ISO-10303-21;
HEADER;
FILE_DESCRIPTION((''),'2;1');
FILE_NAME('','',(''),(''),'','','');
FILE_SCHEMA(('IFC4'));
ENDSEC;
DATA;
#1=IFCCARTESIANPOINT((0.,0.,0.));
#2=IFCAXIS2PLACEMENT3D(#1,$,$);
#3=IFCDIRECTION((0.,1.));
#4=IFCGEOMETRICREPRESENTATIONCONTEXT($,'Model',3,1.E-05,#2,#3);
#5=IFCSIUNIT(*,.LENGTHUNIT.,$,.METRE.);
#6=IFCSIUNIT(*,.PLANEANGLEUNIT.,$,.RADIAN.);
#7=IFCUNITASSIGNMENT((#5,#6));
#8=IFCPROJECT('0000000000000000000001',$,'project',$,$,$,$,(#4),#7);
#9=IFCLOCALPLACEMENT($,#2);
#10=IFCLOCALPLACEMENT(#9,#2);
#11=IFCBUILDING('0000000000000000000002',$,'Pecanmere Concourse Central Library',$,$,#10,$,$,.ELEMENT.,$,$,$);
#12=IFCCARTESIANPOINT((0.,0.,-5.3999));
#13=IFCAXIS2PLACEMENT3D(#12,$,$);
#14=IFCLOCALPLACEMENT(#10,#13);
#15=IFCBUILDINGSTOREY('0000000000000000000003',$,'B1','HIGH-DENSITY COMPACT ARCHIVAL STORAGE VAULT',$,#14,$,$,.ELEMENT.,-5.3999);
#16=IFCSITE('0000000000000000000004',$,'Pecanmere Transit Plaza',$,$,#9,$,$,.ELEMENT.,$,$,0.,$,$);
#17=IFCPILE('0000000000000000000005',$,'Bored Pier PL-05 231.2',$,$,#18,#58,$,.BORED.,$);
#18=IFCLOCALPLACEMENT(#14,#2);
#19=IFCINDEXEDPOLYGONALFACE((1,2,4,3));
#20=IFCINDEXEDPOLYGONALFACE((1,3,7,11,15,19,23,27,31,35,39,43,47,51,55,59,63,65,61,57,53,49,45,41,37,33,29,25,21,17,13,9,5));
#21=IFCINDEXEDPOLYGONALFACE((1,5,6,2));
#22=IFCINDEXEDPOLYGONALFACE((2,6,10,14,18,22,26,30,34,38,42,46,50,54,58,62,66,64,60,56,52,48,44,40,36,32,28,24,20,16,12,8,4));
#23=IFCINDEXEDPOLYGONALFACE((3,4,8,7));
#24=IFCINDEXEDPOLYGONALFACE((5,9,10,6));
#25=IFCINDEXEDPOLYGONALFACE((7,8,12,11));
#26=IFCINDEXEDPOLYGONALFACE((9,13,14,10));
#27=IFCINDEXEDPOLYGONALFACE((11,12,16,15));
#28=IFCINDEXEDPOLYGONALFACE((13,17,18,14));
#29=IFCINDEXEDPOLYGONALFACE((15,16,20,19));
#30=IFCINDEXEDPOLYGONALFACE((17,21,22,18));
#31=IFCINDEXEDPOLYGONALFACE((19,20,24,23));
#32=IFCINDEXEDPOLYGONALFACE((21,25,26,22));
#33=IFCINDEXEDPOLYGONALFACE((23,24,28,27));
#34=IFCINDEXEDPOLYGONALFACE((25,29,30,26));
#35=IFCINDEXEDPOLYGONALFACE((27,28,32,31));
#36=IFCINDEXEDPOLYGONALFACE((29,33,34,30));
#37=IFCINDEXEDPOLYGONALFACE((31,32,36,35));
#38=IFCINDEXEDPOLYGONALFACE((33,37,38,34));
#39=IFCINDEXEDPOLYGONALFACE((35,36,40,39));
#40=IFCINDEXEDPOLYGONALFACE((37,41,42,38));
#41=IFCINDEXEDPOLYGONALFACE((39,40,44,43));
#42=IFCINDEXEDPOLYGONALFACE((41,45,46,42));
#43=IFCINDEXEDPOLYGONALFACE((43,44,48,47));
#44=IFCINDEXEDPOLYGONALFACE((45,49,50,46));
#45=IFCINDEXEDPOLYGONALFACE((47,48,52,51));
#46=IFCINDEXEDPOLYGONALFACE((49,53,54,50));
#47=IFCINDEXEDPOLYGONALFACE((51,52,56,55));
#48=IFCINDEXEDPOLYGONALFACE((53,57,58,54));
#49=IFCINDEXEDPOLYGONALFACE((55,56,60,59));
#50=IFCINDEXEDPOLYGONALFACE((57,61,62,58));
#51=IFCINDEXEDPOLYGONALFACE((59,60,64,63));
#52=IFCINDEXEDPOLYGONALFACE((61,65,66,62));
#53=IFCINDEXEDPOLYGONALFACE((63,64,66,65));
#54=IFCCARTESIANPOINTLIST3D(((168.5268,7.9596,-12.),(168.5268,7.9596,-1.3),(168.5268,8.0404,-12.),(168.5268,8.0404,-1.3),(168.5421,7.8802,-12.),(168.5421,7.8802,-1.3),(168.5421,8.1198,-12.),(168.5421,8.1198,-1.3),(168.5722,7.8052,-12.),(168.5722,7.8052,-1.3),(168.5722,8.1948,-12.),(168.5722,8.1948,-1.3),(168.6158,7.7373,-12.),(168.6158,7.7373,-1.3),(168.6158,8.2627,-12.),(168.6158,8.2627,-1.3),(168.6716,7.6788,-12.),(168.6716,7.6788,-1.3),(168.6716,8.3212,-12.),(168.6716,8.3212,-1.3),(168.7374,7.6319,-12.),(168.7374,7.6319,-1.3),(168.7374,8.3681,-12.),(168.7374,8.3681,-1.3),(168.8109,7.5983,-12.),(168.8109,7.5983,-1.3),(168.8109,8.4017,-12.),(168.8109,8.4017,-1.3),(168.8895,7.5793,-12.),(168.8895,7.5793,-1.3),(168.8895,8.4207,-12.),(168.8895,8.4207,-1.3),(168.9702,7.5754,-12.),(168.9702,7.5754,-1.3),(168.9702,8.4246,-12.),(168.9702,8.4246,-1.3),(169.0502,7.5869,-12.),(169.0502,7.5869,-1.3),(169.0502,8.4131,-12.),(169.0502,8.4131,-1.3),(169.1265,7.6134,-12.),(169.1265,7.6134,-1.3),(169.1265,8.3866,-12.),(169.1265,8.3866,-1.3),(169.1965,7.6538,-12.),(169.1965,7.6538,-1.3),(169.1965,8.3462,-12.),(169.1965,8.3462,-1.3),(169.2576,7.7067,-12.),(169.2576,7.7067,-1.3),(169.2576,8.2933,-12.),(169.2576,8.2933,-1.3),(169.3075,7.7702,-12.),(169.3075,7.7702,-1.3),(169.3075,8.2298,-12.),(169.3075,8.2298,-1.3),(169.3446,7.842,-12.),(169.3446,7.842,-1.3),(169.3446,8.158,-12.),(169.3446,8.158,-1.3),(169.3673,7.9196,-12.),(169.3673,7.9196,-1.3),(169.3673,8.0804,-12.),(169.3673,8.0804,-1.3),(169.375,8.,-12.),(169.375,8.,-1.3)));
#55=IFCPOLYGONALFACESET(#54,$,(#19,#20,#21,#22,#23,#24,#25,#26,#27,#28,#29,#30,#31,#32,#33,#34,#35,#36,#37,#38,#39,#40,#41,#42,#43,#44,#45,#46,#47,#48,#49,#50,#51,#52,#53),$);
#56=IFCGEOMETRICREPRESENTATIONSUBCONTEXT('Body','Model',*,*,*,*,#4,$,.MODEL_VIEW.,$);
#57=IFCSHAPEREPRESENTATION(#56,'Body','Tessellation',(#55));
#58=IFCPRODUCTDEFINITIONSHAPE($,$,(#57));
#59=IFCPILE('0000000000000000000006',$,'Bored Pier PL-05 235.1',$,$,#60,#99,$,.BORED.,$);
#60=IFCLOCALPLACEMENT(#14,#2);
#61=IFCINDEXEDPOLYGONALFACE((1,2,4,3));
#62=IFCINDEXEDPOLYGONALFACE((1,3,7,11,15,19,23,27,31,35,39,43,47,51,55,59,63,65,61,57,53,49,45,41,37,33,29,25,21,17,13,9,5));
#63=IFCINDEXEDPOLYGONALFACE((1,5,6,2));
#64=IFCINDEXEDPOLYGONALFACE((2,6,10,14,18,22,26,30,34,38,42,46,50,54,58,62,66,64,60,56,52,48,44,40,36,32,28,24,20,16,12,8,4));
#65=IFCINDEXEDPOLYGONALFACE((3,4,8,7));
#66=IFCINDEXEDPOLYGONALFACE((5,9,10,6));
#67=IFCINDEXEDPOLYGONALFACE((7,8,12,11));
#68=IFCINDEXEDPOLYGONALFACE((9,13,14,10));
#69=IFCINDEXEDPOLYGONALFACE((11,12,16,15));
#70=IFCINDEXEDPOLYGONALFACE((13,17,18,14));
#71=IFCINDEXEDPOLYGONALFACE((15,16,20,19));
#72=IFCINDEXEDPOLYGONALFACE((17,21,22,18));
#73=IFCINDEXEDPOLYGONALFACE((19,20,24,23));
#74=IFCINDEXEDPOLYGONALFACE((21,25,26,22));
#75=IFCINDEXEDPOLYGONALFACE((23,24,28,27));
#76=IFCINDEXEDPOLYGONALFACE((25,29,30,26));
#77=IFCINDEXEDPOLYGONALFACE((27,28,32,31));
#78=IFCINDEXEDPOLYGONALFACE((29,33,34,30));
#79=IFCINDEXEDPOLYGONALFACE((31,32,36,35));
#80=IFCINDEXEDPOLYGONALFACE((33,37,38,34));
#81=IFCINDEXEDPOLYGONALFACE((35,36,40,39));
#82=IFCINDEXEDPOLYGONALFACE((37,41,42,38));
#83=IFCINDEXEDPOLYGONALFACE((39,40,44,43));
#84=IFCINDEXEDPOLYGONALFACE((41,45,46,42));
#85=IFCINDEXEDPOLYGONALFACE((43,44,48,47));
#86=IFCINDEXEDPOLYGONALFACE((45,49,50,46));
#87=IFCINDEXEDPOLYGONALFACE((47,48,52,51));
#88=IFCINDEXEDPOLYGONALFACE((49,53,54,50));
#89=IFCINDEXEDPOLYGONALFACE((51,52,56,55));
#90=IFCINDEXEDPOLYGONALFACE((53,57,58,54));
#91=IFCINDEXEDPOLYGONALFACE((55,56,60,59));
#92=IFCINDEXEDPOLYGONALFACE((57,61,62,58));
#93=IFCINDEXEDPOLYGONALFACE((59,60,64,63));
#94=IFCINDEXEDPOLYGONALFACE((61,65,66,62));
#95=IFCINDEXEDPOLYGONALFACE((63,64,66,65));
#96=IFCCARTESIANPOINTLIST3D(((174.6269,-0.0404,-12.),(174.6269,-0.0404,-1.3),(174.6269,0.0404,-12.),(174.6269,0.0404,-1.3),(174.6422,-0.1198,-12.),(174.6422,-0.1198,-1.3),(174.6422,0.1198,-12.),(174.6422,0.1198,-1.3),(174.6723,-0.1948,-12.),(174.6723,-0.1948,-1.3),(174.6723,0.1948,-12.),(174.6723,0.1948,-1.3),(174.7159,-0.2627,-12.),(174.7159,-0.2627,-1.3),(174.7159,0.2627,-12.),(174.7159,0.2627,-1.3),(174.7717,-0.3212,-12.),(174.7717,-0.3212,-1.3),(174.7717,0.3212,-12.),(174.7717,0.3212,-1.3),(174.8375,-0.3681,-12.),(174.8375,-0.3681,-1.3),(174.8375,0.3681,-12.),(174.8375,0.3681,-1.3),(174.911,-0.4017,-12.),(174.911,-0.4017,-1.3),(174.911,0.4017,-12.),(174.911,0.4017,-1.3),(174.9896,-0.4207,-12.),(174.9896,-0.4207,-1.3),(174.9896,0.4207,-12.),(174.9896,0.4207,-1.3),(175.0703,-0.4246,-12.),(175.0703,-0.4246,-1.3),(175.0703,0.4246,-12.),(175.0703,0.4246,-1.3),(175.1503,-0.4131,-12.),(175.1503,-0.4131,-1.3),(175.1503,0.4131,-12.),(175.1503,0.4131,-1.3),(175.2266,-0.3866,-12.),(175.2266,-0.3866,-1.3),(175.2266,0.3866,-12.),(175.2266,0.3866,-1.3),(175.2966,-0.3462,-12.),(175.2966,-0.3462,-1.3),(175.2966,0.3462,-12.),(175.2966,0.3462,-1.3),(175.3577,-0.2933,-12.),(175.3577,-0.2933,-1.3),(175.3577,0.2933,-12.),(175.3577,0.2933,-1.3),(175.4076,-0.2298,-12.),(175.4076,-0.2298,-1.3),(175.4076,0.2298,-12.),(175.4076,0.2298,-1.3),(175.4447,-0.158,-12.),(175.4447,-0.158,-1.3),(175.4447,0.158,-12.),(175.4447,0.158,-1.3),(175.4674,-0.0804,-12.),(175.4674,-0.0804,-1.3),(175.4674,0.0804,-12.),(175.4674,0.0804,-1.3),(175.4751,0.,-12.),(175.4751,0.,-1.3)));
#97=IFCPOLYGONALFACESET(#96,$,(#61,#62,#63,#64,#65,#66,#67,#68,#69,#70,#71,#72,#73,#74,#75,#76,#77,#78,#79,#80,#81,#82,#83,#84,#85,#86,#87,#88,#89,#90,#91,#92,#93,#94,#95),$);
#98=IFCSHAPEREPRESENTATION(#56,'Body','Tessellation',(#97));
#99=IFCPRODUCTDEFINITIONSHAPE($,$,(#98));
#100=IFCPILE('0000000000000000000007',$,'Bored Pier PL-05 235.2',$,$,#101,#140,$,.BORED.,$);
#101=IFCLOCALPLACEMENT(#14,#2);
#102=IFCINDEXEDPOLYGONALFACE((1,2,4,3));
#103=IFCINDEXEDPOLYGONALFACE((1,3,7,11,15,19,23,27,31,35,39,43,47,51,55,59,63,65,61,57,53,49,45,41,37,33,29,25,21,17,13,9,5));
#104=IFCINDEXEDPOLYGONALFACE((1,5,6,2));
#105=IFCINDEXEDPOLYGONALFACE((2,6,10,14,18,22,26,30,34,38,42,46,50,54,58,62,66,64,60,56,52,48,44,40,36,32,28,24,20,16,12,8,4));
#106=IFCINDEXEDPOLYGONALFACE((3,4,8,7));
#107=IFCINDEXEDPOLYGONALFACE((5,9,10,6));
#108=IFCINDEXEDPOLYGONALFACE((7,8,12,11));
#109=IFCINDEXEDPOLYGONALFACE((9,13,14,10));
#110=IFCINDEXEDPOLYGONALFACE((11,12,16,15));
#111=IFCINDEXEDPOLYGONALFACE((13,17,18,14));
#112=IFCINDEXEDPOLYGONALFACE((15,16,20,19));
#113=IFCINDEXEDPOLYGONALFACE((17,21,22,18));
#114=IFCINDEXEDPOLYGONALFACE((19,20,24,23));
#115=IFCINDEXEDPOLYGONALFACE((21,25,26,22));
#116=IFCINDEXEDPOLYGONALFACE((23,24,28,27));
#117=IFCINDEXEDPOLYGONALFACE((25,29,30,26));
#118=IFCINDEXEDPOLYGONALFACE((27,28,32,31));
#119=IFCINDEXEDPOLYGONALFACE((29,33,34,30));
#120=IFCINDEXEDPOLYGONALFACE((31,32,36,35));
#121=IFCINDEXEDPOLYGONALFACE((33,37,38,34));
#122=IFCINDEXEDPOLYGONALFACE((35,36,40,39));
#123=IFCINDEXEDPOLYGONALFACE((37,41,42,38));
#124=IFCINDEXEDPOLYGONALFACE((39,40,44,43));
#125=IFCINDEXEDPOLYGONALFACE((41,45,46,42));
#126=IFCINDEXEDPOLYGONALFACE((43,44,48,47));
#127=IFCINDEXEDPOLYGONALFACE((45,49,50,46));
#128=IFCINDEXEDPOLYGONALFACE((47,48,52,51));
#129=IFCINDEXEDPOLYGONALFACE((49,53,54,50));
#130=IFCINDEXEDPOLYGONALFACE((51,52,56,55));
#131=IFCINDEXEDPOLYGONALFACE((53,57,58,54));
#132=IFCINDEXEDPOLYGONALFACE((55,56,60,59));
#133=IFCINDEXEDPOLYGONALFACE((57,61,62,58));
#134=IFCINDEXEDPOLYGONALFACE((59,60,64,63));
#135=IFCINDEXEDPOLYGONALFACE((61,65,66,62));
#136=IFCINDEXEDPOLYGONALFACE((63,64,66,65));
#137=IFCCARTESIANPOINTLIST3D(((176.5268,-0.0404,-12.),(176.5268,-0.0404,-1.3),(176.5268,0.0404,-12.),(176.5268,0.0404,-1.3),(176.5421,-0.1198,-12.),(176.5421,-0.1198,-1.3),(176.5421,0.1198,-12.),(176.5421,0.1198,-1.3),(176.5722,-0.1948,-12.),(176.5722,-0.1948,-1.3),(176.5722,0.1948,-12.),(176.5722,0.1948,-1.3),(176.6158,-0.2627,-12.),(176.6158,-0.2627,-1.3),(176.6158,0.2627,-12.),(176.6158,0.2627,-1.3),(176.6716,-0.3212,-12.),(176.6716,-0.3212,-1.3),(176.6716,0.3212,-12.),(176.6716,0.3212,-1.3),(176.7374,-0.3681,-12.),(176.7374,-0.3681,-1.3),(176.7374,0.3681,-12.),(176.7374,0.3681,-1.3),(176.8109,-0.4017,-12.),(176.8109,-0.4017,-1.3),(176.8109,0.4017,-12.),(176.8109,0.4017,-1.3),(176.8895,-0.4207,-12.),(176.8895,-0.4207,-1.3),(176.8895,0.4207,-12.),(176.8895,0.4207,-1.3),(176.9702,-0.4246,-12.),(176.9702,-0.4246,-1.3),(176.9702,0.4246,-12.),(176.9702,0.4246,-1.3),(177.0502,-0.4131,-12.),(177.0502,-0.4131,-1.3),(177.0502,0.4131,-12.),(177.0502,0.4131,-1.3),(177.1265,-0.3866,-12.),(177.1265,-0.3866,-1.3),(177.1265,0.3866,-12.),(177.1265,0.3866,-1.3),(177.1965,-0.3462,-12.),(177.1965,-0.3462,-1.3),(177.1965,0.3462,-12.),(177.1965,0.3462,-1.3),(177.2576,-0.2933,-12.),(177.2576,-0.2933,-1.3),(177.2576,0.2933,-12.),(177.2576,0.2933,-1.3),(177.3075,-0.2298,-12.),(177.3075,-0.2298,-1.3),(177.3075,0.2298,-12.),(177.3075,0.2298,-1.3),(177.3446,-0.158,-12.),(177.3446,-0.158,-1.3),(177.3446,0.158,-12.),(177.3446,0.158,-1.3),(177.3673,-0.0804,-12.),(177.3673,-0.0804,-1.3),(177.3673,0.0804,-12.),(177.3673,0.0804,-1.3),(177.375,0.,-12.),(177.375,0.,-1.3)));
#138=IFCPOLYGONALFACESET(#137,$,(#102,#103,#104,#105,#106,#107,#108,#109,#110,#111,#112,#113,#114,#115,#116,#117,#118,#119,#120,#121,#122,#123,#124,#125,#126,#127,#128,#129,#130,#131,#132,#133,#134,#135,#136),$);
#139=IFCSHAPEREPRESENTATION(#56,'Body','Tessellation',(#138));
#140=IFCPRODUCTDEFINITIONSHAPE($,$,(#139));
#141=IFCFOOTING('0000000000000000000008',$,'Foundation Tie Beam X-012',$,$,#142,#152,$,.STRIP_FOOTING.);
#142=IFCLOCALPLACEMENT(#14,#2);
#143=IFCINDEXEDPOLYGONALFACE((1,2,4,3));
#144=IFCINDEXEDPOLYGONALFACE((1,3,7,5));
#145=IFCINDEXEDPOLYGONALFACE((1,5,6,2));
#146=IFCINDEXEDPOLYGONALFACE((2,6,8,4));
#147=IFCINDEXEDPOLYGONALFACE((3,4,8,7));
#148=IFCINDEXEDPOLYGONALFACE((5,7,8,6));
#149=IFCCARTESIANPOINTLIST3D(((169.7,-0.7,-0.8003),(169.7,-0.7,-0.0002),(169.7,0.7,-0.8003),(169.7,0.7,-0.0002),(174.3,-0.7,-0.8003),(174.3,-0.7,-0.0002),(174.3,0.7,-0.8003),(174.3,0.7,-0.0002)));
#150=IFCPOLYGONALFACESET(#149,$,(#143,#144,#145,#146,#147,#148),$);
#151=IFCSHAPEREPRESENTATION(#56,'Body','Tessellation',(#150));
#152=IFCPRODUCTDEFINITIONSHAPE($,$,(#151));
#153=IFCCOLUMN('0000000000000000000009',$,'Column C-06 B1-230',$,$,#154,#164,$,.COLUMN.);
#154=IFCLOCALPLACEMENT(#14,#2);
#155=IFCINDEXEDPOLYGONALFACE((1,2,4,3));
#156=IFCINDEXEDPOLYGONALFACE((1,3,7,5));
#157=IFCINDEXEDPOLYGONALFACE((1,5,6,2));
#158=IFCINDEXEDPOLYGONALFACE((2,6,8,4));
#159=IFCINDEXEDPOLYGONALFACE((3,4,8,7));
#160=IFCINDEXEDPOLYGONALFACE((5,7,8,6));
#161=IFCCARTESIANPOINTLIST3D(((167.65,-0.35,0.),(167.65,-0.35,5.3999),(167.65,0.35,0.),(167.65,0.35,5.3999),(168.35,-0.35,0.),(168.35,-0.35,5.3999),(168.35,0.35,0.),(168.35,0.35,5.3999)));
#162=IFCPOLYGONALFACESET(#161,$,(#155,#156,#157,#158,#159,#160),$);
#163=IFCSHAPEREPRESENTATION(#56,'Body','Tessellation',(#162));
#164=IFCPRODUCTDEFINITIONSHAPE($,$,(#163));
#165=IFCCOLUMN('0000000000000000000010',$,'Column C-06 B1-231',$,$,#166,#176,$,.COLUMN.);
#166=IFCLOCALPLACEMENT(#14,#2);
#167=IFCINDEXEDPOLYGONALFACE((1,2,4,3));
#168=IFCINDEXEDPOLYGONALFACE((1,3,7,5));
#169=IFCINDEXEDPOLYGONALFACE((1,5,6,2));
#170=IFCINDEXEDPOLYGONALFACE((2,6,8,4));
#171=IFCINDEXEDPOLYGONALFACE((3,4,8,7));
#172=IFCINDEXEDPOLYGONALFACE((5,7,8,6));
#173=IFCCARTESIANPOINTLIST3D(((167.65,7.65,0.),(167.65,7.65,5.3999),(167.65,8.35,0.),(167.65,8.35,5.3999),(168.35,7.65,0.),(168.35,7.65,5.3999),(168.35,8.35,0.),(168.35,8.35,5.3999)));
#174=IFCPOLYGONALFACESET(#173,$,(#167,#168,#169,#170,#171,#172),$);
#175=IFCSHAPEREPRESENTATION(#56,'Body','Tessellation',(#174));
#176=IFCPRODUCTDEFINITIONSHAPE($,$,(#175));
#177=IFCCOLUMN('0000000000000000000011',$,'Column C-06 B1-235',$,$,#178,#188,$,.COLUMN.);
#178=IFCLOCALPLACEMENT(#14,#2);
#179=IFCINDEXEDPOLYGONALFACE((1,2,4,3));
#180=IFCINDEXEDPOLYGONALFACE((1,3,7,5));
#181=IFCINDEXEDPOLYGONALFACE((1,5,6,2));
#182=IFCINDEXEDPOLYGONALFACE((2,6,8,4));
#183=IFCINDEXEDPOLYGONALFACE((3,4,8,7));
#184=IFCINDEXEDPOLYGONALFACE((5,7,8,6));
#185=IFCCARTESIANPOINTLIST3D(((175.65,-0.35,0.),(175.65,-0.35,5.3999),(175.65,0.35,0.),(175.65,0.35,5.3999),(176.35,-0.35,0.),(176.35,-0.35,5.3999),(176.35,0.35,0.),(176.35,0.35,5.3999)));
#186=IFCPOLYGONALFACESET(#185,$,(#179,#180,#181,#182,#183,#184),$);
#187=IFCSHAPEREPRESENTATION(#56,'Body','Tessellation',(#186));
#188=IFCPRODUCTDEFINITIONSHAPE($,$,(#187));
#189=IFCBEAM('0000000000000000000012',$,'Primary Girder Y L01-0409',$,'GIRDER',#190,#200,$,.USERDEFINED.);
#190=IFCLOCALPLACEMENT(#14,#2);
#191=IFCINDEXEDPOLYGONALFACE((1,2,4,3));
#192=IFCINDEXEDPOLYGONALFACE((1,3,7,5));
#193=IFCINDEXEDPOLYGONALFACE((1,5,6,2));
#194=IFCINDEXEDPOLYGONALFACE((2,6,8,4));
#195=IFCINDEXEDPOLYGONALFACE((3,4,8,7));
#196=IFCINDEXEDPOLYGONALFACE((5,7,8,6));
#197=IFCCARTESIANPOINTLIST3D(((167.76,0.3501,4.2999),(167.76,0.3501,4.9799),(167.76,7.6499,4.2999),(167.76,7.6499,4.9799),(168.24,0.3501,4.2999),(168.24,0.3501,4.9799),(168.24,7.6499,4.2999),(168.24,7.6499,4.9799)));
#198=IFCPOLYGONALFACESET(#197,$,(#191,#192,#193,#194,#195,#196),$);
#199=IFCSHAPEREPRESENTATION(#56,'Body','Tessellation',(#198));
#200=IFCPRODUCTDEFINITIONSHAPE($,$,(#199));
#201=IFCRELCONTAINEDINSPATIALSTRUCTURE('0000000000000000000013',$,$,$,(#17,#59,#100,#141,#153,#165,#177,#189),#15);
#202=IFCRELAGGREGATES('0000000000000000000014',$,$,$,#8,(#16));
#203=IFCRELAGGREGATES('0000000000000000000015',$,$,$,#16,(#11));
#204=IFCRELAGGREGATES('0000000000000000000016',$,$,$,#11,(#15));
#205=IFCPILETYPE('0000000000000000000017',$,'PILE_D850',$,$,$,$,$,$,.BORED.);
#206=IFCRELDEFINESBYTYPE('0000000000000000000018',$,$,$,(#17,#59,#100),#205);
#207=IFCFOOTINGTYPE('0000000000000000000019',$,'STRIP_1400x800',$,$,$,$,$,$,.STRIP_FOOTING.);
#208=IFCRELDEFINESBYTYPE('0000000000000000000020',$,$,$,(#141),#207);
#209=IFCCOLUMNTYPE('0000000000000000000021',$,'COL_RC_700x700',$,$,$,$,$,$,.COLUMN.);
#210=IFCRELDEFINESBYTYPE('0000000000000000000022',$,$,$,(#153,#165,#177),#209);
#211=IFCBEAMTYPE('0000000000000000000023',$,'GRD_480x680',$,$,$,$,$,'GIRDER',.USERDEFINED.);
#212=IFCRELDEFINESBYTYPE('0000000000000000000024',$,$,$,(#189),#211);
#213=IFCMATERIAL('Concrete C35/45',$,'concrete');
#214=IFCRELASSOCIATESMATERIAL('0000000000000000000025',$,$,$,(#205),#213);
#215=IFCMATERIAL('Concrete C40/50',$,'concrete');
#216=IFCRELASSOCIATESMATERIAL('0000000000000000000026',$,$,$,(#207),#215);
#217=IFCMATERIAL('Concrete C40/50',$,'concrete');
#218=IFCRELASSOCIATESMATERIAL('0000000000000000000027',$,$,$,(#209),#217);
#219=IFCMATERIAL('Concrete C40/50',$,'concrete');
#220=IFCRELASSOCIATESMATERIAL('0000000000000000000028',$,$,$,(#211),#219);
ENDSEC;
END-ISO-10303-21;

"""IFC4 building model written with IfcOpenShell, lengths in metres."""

from ifc_helpers import new_model, si_unit, direction, frame, origin, origin_2d, place, context, subcontext, project, spatial, rectangle, circle, extrude, material, material_profile, profile_set, type_object, element, save


model = new_model("IFC4")

# Units and contexts
model_context = context("Model", 3, precision=1e-05, world=origin(), true_north=direction((0.0, 1.0)))
body_context = subcontext(model_context, "Body", "Model", "MODEL_VIEW")
ifc_project = project(units=[si_unit("LENGTHUNIT", "METRE"), si_unit("PLANEANGLEUNIT", "RADIAN")], contexts=[model_context])

# Site, building, storey
site_placement = place(None, origin())
site = spatial("IfcSite", under=ifc_project, at=site_placement, Name="Pecanmere Transit Plaza", CompositionType="ELEMENT", RefElevation=0.0)
building_placement = place(site_placement, origin())
building = spatial("IfcBuilding", under=site, at=building_placement, Name="Pecanmere Concourse Central Library", CompositionType="ELEMENT")
storey_placement = place(building_placement, frame((0.0, 0.0, -5.3999)))
storey = spatial("IfcBuildingStorey", under=building, at=storey_placement, Name="B1", Description="HIGH-DENSITY COMPACT ARCHIVAL STORAGE VAULT", CompositionType="ELEMENT", Elevation=-5.3999)

# Piles
ifc_material_1 = material(Name="Concrete C35/45", Category="concrete")
ifc_material_profile_1 = material_profile(ifc_material_1, circle(Radius=0.425, at=origin_2d()), Name="PIER D850")
ifc_profile_set_1 = profile_set([ifc_material_profile_1], Name="Concrete C35/45")
pile_type = type_object("IfcPileType", Name="PILE_D850", PredefinedType="BORED", material=ifc_profile_set_1)
for number, where, z_axis, x_axis, name in (
    (1, (168.95, 8.0, -1.3), (0.0, 0.0, -1.0), (1.0, 0.0, 0.0), "Bored Pier PL-05 231.2"),
    (2, (175.05, 0.0, -1.3), (0.0, 0.0, -1.0), (1.0, 0.0, 0.0), "Bored Pier PL-05 235.1"),
    (3, (176.95, 0.0, -1.3), (0.0, 0.0, -1.0), (1.0, 0.0, 0.0), "Bored Pier PL-05 235.2"),
):
    element("IfcPile", number, at=place(storey_placement, frame(where, z_axis=z_axis, x_axis=x_axis)), inside=storey, type_object=pile_type, Name=name, PredefinedType="BORED", context=body_context, shape_type="SweptSolid", body=[
        extrude(circle(Radius=0.425, at=origin_2d()), origin(), (0.0, 0.0, 1.0), 10.7),
    ])

# Footing
ifc_material_2 = material(Name="Concrete C40/50", Category="concrete")
ifc_material_profile_2 = material_profile(ifc_material_2, rectangle(XDim=1.3999, YDim=0.8, at=origin_2d()), Name="RC 1400x800")
ifc_profile_set_2 = profile_set([ifc_material_profile_2], Name="Concrete C40/50")
footing_type_1 = type_object("IfcFootingType", Name="STRIP_1400x800", PredefinedType="STRIP_FOOTING", material=ifc_profile_set_2)
footing_placement = place(storey_placement, frame((172.0, 0.0, -0.8003), z_axis=(0.0, 0.0, 1.0), x_axis=(1.0, 0.0, 0.0)))
element("IfcFooting", 4, at=footing_placement, inside=storey, type_object=footing_type_1, Name="Foundation Tie Beam X-012", PredefinedType="STRIP_FOOTING", context=body_context, shape_type="SweptSolid", body=[
    extrude(rectangle(XDim=4.6001, YDim=1.3999, at=origin_2d()), origin(), (0.0, 0.0, 1.0), 0.8),
])

# Columns
ifc_material_3 = material(Name="Concrete C40/50", Category="concrete")
ifc_material_profile_3 = material_profile(ifc_material_3, rectangle(XDim=0.7, YDim=0.7, at=origin_2d()), Name="RC 700x700")
ifc_profile_set_3 = profile_set([ifc_material_profile_3], Name="Concrete C40/50")
column_type = type_object("IfcColumnType", Name="COL_RC_700x700", PredefinedType="COLUMN", material=ifc_profile_set_3)
for number, where, z_axis, x_axis, name in (
    (5, (168.0, 0.0, 0.0), (0.0, 0.0, 1.0), (1.0, 0.0, 0.0), "Column C-06 B1-230"),
    (6, (168.0, 8.0, 0.0), (0.0, 0.0, 1.0), (1.0, 0.0, 0.0), "Column C-06 B1-231"),
    (7, (176.0, 0.0, 0.0), (0.0, 0.0, 1.0), (1.0, 0.0, 0.0), "Column C-06 B1-235"),
):
    element("IfcColumn", number, at=place(storey_placement, frame(where, z_axis=z_axis, x_axis=x_axis)), inside=storey, type_object=column_type, Name=name, PredefinedType="COLUMN", context=body_context, shape_type="SweptSolid", body=[
        extrude(rectangle(XDim=0.7, YDim=0.7, at=origin_2d()), origin(), (0.0, 0.0, 1.0), 5.3999),
    ])

# Beam
ifc_material_4 = material(Name="Concrete C40/50", Category="concrete")
ifc_material_profile_4 = material_profile(ifc_material_4, rectangle(XDim=0.48, YDim=0.6799, at=origin_2d()), Name="RC 480x680")
ifc_profile_set_4 = profile_set([ifc_material_profile_4], Name="Concrete C40/50")
beam_type_1 = type_object("IfcBeamType", Name="GRD_480x680", ElementType="GIRDER", PredefinedType="USERDEFINED", material=ifc_profile_set_4)
for number, where, z_axis, x_axis, name in (
    (8, (168.0, 0.3501, 4.6399), (0.0, 1.0, 0.0), (-1.0, 0.0, 0.0), "Primary Girder Y L01-0409"),
):
    element("IfcBeam", number, at=place(storey_placement, frame(where, z_axis=z_axis, x_axis=x_axis)), inside=storey, type_object=beam_type_1, Name=name, ObjectType="GIRDER", PredefinedType="USERDEFINED", context=body_context, shape_type="SweptSolid", body=[
        extrude(rectangle(XDim=0.48, YDim=0.6799, at=origin_2d()), origin(), (0.0, 0.0, 1.0), 7.2998),
    ])

save(model, "model.ifc")
